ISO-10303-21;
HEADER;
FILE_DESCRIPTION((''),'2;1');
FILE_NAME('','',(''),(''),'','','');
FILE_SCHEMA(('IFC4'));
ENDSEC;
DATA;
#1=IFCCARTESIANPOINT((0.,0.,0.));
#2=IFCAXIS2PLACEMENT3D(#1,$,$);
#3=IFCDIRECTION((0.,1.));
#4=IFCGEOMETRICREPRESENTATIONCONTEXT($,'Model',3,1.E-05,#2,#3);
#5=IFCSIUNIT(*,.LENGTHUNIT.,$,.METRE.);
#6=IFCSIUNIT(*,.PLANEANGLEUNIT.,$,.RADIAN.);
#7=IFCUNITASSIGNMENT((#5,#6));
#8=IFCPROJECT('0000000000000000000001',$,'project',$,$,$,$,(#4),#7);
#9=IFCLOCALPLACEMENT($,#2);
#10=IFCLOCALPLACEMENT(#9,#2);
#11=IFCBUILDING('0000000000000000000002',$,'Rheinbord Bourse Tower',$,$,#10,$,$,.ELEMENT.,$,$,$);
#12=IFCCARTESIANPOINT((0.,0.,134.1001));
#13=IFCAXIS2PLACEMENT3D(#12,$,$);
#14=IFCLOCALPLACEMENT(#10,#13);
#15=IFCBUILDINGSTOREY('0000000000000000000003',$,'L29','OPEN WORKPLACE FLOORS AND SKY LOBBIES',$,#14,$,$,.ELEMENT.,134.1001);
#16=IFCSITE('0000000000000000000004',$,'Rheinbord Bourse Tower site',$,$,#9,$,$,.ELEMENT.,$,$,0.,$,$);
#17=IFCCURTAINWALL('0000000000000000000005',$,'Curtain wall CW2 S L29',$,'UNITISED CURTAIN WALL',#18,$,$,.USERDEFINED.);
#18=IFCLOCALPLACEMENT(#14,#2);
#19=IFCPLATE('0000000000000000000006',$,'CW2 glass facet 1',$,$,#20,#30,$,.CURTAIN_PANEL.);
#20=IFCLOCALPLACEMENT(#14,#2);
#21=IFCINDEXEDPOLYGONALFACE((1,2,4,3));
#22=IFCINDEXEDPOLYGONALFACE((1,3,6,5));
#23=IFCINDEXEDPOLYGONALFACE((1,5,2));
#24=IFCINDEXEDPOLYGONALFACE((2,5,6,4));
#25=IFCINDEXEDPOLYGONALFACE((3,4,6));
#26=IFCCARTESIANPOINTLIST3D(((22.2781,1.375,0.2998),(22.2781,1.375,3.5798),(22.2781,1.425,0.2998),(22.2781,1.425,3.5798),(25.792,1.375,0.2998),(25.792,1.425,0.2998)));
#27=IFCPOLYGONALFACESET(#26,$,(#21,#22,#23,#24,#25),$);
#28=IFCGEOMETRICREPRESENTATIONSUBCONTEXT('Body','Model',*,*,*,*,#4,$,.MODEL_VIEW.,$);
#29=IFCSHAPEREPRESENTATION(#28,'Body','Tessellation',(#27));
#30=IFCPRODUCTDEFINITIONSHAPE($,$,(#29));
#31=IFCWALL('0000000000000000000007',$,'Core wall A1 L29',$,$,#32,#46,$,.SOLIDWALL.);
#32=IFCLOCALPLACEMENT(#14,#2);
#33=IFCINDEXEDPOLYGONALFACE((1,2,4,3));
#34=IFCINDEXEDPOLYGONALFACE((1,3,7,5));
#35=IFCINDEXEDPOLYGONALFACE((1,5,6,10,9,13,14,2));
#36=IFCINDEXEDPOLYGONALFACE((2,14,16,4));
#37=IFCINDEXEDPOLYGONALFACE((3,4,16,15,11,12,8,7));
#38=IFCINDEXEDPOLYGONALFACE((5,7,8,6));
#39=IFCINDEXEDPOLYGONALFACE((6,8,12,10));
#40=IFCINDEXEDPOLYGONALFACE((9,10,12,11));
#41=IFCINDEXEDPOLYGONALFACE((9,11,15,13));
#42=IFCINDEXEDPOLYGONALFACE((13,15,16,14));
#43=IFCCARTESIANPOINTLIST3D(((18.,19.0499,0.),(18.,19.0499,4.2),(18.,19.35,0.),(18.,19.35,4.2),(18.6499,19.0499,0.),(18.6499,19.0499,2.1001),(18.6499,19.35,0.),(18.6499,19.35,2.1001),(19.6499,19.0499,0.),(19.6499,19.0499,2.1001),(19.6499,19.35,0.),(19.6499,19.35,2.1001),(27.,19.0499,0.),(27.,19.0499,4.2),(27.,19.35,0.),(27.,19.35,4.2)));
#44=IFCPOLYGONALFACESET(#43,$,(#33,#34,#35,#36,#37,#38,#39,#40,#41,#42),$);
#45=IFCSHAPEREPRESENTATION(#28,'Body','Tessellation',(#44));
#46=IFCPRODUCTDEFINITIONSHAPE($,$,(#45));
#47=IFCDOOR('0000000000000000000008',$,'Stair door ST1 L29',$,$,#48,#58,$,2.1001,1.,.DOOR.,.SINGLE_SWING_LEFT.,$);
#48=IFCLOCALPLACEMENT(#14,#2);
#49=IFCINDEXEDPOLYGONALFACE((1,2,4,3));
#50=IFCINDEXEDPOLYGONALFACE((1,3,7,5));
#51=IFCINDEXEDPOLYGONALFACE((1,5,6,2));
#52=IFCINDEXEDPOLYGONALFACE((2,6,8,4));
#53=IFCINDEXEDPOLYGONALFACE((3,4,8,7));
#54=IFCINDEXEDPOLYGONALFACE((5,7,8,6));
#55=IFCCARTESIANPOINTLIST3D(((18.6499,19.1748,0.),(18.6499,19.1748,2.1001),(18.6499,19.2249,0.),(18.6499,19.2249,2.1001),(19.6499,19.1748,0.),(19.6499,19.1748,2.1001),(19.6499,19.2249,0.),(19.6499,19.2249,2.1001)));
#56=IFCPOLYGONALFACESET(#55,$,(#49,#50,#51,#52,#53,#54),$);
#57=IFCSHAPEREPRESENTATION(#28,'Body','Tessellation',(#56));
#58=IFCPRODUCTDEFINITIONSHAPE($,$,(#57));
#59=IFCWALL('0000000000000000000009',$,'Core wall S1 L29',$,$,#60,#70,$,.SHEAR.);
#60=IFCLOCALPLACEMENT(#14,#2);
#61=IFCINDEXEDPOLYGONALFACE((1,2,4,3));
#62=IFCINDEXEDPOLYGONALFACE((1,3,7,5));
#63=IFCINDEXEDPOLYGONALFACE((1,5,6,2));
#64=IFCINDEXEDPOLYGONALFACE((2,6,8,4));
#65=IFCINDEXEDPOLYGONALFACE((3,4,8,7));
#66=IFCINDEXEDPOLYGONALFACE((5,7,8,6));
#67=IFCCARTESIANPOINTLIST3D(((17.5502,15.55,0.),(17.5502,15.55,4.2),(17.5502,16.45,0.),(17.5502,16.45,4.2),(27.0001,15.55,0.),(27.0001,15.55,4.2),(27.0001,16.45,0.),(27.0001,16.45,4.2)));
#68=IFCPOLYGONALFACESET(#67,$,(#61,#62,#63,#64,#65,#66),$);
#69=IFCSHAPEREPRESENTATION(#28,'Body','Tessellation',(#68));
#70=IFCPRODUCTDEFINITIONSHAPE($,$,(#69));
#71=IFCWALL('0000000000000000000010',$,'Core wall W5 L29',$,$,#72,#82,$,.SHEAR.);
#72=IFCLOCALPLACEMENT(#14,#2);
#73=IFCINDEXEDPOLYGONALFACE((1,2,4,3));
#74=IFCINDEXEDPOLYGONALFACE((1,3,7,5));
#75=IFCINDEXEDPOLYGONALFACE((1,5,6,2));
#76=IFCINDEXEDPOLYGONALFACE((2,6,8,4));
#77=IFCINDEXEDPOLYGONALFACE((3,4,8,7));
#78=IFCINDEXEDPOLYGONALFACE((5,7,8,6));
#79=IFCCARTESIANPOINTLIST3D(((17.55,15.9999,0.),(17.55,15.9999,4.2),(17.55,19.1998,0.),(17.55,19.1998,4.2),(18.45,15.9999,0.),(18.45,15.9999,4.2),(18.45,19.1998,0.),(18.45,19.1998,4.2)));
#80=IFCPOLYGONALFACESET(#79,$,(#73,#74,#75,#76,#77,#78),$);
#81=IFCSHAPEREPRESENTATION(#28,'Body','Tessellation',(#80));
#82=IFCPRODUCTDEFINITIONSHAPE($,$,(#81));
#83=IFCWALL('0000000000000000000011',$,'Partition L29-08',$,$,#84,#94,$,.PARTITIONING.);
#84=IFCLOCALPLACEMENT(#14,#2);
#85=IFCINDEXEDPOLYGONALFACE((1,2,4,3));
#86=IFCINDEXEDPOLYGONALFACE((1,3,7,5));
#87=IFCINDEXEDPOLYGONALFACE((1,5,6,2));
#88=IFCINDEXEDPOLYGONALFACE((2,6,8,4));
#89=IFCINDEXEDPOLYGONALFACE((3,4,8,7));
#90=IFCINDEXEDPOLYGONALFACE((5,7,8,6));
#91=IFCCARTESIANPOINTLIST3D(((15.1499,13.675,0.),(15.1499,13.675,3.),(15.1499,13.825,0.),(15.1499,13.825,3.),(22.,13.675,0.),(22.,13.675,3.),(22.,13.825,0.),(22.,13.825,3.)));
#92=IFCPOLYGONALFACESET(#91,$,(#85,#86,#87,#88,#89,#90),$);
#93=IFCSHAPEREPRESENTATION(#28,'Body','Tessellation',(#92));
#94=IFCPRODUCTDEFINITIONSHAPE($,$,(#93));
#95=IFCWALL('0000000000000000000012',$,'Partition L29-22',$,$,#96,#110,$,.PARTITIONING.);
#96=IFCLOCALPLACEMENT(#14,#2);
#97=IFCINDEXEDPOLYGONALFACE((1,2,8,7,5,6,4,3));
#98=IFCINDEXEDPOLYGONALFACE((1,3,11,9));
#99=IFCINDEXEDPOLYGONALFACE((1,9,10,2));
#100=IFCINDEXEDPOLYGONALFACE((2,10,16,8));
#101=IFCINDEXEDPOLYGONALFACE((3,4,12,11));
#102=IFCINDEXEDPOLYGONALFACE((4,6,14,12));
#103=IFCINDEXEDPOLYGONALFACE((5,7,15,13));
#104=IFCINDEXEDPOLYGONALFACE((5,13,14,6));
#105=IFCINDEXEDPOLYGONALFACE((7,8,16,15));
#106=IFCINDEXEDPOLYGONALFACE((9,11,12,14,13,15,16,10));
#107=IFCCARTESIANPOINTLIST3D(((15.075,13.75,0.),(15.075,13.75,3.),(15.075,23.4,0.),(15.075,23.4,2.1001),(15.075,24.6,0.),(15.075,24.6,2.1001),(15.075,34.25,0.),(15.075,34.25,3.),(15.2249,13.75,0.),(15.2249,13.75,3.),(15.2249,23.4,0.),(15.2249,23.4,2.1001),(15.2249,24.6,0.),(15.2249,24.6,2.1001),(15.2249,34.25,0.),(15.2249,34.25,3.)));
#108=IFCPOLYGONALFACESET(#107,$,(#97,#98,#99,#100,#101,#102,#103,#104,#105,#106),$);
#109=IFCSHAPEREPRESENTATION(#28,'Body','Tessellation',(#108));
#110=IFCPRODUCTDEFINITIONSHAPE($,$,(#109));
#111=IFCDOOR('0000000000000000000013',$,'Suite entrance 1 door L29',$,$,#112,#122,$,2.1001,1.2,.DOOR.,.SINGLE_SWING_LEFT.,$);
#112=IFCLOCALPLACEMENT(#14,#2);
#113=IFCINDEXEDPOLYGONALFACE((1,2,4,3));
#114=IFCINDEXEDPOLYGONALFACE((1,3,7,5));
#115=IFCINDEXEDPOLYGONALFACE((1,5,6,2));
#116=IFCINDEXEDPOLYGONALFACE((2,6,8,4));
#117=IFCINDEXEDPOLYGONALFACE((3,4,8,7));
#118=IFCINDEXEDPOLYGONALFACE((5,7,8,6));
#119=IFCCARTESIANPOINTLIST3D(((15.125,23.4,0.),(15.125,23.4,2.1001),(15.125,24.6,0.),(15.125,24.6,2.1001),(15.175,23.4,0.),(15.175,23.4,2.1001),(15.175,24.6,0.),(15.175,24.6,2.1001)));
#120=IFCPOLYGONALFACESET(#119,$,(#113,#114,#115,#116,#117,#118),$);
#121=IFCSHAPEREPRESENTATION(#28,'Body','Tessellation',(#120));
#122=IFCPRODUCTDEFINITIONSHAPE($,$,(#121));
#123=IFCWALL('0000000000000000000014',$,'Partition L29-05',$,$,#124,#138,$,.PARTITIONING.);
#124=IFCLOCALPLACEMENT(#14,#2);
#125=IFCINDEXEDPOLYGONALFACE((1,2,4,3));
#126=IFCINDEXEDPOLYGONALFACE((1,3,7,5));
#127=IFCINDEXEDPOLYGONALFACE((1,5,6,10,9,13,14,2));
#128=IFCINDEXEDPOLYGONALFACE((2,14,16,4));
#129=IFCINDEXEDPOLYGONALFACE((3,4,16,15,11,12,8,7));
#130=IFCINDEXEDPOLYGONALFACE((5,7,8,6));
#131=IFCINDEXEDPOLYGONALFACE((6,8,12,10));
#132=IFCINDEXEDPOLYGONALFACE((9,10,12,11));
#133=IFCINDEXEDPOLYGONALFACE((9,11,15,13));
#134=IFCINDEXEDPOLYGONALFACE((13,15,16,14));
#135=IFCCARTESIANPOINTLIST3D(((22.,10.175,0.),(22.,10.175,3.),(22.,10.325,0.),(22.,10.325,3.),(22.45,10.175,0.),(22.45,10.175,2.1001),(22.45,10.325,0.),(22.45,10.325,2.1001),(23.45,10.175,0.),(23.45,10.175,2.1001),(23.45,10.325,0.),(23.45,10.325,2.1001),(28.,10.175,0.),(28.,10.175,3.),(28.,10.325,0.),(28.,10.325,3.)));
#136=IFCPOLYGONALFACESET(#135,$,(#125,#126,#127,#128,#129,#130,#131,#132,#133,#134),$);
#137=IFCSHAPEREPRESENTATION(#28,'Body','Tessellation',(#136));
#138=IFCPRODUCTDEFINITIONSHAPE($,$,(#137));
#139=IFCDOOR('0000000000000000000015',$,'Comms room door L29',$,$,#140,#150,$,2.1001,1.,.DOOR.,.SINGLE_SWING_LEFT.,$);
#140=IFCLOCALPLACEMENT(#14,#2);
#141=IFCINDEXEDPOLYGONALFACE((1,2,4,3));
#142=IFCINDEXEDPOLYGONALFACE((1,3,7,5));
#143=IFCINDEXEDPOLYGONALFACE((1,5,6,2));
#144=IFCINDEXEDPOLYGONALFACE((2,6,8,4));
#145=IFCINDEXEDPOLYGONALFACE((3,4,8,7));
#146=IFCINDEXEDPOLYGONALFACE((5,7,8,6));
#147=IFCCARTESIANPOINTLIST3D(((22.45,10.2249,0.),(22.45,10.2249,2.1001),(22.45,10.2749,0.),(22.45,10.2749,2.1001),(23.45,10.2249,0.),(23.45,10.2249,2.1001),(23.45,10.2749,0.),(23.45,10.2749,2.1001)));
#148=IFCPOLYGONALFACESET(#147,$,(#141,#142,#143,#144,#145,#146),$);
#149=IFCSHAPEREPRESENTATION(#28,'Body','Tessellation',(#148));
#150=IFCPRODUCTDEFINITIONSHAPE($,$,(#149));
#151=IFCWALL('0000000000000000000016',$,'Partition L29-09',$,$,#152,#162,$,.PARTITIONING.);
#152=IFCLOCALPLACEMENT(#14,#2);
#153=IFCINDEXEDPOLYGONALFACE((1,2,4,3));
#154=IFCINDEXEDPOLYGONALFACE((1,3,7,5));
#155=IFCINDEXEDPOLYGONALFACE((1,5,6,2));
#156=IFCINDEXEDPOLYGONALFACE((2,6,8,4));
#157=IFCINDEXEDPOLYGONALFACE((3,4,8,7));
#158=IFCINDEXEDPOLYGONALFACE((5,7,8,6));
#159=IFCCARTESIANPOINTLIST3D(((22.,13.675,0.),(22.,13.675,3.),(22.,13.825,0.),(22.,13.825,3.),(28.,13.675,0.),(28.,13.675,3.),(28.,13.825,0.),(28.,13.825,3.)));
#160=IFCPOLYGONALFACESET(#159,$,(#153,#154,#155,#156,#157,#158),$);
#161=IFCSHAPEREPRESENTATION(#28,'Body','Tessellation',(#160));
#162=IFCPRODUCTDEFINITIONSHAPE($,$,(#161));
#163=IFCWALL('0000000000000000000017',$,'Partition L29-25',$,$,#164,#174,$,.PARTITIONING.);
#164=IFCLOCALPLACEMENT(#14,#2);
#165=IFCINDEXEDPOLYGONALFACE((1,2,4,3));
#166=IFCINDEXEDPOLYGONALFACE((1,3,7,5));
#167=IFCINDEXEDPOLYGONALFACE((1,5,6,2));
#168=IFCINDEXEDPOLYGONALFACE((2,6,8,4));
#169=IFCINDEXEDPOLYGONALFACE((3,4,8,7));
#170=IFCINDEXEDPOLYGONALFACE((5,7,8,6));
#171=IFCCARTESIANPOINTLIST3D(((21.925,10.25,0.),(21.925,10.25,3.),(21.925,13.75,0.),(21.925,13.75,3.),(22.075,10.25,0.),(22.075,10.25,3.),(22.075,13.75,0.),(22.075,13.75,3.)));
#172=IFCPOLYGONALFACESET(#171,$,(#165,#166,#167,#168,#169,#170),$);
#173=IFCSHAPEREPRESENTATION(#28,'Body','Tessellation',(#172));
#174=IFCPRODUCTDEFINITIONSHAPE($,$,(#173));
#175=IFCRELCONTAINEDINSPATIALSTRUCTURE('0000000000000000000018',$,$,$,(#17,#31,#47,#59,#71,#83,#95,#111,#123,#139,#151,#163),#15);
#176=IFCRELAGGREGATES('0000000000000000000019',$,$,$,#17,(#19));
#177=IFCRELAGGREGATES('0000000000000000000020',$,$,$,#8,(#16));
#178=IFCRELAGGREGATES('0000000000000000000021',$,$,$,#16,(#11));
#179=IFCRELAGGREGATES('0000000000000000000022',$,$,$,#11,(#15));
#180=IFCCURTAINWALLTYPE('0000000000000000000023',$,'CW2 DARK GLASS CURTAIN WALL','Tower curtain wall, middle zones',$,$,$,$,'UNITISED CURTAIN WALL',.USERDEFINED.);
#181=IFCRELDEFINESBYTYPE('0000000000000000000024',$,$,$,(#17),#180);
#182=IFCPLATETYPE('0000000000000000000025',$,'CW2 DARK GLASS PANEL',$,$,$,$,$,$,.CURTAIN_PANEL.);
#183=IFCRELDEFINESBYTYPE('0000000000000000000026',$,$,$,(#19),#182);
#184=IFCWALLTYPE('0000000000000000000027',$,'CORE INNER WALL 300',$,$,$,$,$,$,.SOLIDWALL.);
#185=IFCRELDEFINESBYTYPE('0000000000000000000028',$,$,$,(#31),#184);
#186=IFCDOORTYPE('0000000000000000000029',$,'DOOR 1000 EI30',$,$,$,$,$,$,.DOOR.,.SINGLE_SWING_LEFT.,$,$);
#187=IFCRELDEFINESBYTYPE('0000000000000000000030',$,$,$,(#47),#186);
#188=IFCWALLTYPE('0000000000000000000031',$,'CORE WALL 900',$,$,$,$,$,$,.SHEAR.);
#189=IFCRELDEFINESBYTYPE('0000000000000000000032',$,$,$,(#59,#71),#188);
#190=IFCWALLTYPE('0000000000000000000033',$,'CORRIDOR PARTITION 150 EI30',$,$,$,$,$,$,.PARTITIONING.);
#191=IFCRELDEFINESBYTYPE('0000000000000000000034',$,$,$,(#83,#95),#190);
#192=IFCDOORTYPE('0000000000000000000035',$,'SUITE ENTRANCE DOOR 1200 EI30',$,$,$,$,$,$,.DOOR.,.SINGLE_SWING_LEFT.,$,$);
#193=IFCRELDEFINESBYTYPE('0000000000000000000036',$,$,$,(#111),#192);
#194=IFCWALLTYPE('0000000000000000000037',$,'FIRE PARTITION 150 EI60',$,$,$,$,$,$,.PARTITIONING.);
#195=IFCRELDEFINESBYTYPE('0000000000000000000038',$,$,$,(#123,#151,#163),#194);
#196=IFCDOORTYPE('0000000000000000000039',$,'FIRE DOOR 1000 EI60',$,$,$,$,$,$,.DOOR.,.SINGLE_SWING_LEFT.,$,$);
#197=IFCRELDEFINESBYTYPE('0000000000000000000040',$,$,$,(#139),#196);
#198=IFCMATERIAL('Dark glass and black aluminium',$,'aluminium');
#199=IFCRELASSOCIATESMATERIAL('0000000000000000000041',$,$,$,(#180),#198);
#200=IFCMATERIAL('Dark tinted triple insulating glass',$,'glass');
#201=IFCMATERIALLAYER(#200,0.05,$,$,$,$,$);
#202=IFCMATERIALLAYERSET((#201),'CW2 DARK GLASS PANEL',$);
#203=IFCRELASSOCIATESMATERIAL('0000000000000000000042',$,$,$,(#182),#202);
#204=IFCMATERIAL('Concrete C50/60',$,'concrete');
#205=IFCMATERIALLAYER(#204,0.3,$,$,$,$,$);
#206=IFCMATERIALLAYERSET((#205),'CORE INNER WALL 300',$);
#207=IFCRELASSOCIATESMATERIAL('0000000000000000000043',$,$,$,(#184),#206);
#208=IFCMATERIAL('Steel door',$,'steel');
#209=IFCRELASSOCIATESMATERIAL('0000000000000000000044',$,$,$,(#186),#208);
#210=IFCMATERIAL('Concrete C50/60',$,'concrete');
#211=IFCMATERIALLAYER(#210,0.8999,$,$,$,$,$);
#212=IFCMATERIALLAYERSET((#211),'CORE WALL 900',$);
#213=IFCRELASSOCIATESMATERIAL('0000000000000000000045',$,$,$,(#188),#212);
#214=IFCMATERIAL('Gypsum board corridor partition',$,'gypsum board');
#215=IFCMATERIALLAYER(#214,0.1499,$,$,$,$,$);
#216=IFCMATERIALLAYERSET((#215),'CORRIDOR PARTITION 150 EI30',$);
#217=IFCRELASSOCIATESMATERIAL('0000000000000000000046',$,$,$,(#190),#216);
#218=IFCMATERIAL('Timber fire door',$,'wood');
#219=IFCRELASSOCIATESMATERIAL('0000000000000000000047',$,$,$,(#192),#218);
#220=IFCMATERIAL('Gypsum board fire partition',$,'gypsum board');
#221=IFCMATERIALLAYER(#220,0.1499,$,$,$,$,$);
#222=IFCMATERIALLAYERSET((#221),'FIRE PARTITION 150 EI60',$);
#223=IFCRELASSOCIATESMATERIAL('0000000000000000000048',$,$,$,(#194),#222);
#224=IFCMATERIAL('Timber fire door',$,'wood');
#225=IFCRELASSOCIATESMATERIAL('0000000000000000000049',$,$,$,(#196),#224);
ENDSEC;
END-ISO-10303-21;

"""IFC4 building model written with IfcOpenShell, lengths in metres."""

from ifc_helpers import new_model, si_unit, direction, frame, frame_2d, origin, place, context, subcontext, project, spatial, polyline, rectangle, outline, extrude, material, layer, layer_set, type_object, element, fill, aggregate, save


model = new_model("IFC4")

# Units and contexts
model_context = context("Model", 3, precision=1e-05, world=origin(), true_north=direction((0.0, 1.0)))
body_context = subcontext(model_context, "Body", "Model", "MODEL_VIEW")
ifc_project = project(units=[si_unit("LENGTHUNIT", "METRE"), si_unit("PLANEANGLEUNIT", "RADIAN")], contexts=[model_context])

# Site, building, storey
site_placement = place(None, origin())
site = spatial("IfcSite", under=ifc_project, at=site_placement, Name="Rheinbord Bourse Tower site", CompositionType="ELEMENT", RefElevation=0.0)
building_placement = place(site_placement, origin())
building = spatial("IfcBuilding", under=site, at=building_placement, Name="Rheinbord Bourse Tower", CompositionType="ELEMENT")
storey_placement = place(building_placement, frame((0.0, 0.0, 134.1001)))
storey = spatial("IfcBuildingStorey", under=building, at=storey_placement, Name="L29", Description="OPEN WORKPLACE FLOORS AND SKY LOBBIES", CompositionType="ELEMENT", Elevation=134.1001)

# Curtain wall
ifc_material_1 = material(Name="Dark glass and black aluminium", Category="aluminium")
curtain_wall_type = type_object("IfcCurtainWallType", Name="CW2 DARK GLASS CURTAIN WALL", Description="Tower curtain wall, middle zones", ElementType="UNITISED CURTAIN WALL", PredefinedType="USERDEFINED", material=ifc_material_1)
curtain_wall_placement = place(storey_placement, origin())
curtain_wall = element("IfcCurtainWall", 1, at=curtain_wall_placement, inside=storey, type_object=curtain_wall_type, Name="Curtain wall CW2 S L29", ObjectType="UNITISED CURTAIN WALL", PredefinedType="USERDEFINED")

# Plate
ifc_material_2 = material(Name="Dark tinted triple insulating glass", Category="glass")
ifc_layer_1 = layer(ifc_material_2, 0.05)
ifc_layer_set_1 = layer_set([ifc_layer_1], Name="CW2 DARK GLASS PANEL")
plate_type = type_object("IfcPlateType", Name="CW2 DARK GLASS PANEL", PredefinedType="CURTAIN_PANEL", material=ifc_layer_set_1)
plate_1_placement = place(storey_placement, frame((22.2781, 1.375, 0.2998), z_axis=(0.0, 1.0, 0.0), x_axis=(0.0, 0.0, 1.0)))
plate_1 = element("IfcPlate", 2, at=plate_1_placement, type_object=plate_type, Name="CW2 glass facet 1", PredefinedType="CURTAIN_PANEL", context=body_context, shape_type="SweptSolid", body=[
    extrude(outline(polyline([(0.0, 0.0), (3.28, 0.0), (0.0, 3.5139), (0.0, 0.0)])), origin(), (0.0, 0.0, 1.0), 0.05),
])
aggregate(curtain_wall, [plate_1])

# Wall, opening, door
ifc_material_3 = material(Name="Concrete C50/60", Category="concrete")
ifc_layer_2 = layer(ifc_material_3, 0.3)
ifc_layer_set_2 = layer_set([ifc_layer_2], Name="CORE INNER WALL 300")
wall_type_1 = type_object("IfcWallType", Name="CORE INNER WALL 300", PredefinedType="SOLIDWALL", material=ifc_layer_set_2)
wall_1_placement = place(storey_placement, frame((18.0, 19.2, 0.0), z_axis=(0.0, 0.0, 1.0), x_axis=(1.0, 0.0, 0.0)))
wall_1 = element("IfcWall", 3, at=wall_1_placement, inside=storey, type_object=wall_type_1, Name="Core wall A1 L29", PredefinedType="SOLIDWALL", context=body_context, shape_type="SweptSolid", body=[
    extrude(rectangle(XDim=9.0, YDim=0.3, at=frame_2d((4.5, 0.0))), origin(), (0.0, 0.0, 1.0), 4.2),
])
opening_1_placement = place(wall_1_placement, frame((0.6499, 0.0, 0.0)))
opening_1 = element("IfcOpeningElement", 4, at=opening_1_placement, cuts=wall_1, PredefinedType="OPENING", context=body_context, shape_type="SweptSolid", body=[
    extrude(rectangle(XDim=1.0, YDim=2.1001, at=frame_2d((0.5, 1.05))), frame((0.0, 0.1599, 0.0), z_axis=(0.0, -1.0, 0.0), x_axis=(1.0, 0.0, 0.0)), (0.0, 0.0, 1.0), 0.3201),
])
ifc_material_4 = material(Name="Steel door", Category="steel")
door_type_1 = type_object("IfcDoorType", Name="DOOR 1000 EI30", OperationType="SINGLE_SWING_LEFT", PredefinedType="DOOR", material=ifc_material_4)
door_1_placement = place(opening_1_placement, origin())
door_1 = element("IfcDoor", 5, at=door_1_placement, inside=storey, type_object=door_type_1, Name="Stair door ST1 L29", OperationType="SINGLE_SWING_LEFT", OverallHeight=2.1001, OverallWidth=1.0, PredefinedType="DOOR", context=body_context, shape_type="SweptSolid", body=[
    extrude(rectangle(XDim=1.0, YDim=2.1001, at=frame_2d((0.5, 1.05))), frame((0.0, 0.0249, 0.0), z_axis=(0.0, -1.0, 0.0), x_axis=(1.0, 0.0, 0.0)), (0.0, 0.0, 1.0), 0.05),
])
fill(opening_1, door_1)

# Walls
ifc_material_5 = material(Name="Concrete C50/60", Category="concrete")
ifc_layer_3 = layer(ifc_material_5, 0.8999)
ifc_layer_set_3 = layer_set([ifc_layer_3], Name="CORE WALL 900")
wall_type_2 = type_object("IfcWallType", Name="CORE WALL 900", PredefinedType="SHEAR", material=ifc_layer_set_3)
wall_2_placement = place(storey_placement, frame((17.55, 16.0, 0.0), z_axis=(0.0, 0.0, 1.0), x_axis=(1.0, 0.0, 0.0)))
element("IfcWall", 6, at=wall_2_placement, inside=storey, type_object=wall_type_2, Name="Core wall S1 L29", PredefinedType="SHEAR", context=body_context, shape_type="SweptSolid", body=[
    extrude(rectangle(XDim=9.45, YDim=0.8999, at=frame_2d((4.7251, 0.0))), origin(), (0.0, 0.0, 1.0), 4.2),
])
wall_3_placement = place(storey_placement, frame((18.0, 19.2, 0.0), z_axis=(0.0, 0.0, 1.0), x_axis=(0.0, -1.0, 0.0)))
element("IfcWall", 7, at=wall_3_placement, inside=storey, type_object=wall_type_2, Name="Core wall W5 L29", PredefinedType="SHEAR", context=body_context, shape_type="SweptSolid", body=[
    extrude(rectangle(XDim=3.2, YDim=0.8999, at=frame_2d((1.6001, 0.0))), origin(), (0.0, 0.0, 1.0), 4.2),
])
ifc_material_6 = material(Name="Gypsum board corridor partition", Category="gypsum board")
ifc_layer_4 = layer(ifc_material_6, 0.1499)
ifc_layer_set_4 = layer_set([ifc_layer_4], Name="CORRIDOR PARTITION 150 EI30")
wall_type_3 = type_object("IfcWallType", Name="CORRIDOR PARTITION 150 EI30", PredefinedType="PARTITIONING", material=ifc_layer_set_4)
wall_4_placement = place(storey_placement, frame((15.1499, 13.75, 0.0), z_axis=(0.0, 0.0, 1.0), x_axis=(1.0, 0.0, 0.0)))
element("IfcWall", 8, at=wall_4_placement, inside=storey, type_object=wall_type_3, Name="Partition L29-08", PredefinedType="PARTITIONING", context=body_context, shape_type="SweptSolid", body=[
    extrude(rectangle(XDim=6.8501, YDim=0.1499, at=frame_2d((3.425, 0.0))), origin(), (0.0, 0.0, 1.0), 3.0),
])

# Walls, openings, doors
wall_5_placement = place(storey_placement, frame((15.1499, 13.75, 0.0), z_axis=(0.0, 0.0, 1.0), x_axis=(0.0, 1.0, 0.0)))
wall_5 = element("IfcWall", 9, at=wall_5_placement, inside=storey, type_object=wall_type_3, Name="Partition L29-22", PredefinedType="PARTITIONING", context=body_context, shape_type="SweptSolid", body=[
    extrude(rectangle(XDim=20.5, YDim=0.1499, at=frame_2d((10.25, 0.0))), origin(), (0.0, 0.0, 1.0), 3.0),
])
opening_2_placement = place(wall_5_placement, frame((9.6499, 0.0, 0.0)))
opening_2 = element("IfcOpeningElement", 10, at=opening_2_placement, cuts=wall_5, PredefinedType="OPENING", context=body_context, shape_type="SweptSolid", body=[
    extrude(rectangle(XDim=1.2, YDim=2.1001, at=frame_2d((0.6001, 1.05))), frame((0.0, 0.085, 0.0), z_axis=(0.0, -1.0, 0.0), x_axis=(1.0, 0.0, 0.0)), (0.0, 0.0, 1.0), 0.1699),
])
ifc_material_7 = material(Name="Timber fire door", Category="wood")
door_type_2 = type_object("IfcDoorType", Name="SUITE ENTRANCE DOOR 1200 EI30", OperationType="SINGLE_SWING_LEFT", PredefinedType="DOOR", material=ifc_material_7)
door_2_placement = place(opening_2_placement, origin())
door_2 = element("IfcDoor", 11, at=door_2_placement, inside=storey, type_object=door_type_2, Name="Suite entrance 1 door L29", OperationType="SINGLE_SWING_LEFT", OverallHeight=2.1001, OverallWidth=1.2, PredefinedType="DOOR", context=body_context, shape_type="SweptSolid", body=[
    extrude(rectangle(XDim=1.2, YDim=2.1001, at=frame_2d((0.6001, 1.05))), frame((0.0, 0.0249, 0.0), z_axis=(0.0, -1.0, 0.0), x_axis=(1.0, 0.0, 0.0)), (0.0, 0.0, 1.0), 0.05),
])
fill(opening_2, door_2)
ifc_material_8 = material(Name="Gypsum board fire partition", Category="gypsum board")
ifc_layer_5 = layer(ifc_material_8, 0.1499)
ifc_layer_set_5 = layer_set([ifc_layer_5], Name="FIRE PARTITION 150 EI60")
wall_type_4 = type_object("IfcWallType", Name="FIRE PARTITION 150 EI60", PredefinedType="PARTITIONING", material=ifc_layer_set_5)
wall_6_placement = place(storey_placement, frame((22.0, 10.25, 0.0), z_axis=(0.0, 0.0, 1.0), x_axis=(1.0, 0.0, 0.0)))
wall_6 = element("IfcWall", 12, at=wall_6_placement, inside=storey, type_object=wall_type_4, Name="Partition L29-05", PredefinedType="PARTITIONING", context=body_context, shape_type="SweptSolid", body=[
    extrude(rectangle(XDim=6.0, YDim=0.1499, at=frame_2d((3.0, 0.0))), origin(), (0.0, 0.0, 1.0), 3.0),
])
opening_3_placement = place(wall_6_placement, frame((0.45, 0.0, 0.0)))
opening_3 = element("IfcOpeningElement", 13, at=opening_3_placement, cuts=wall_6, PredefinedType="OPENING", context=body_context, shape_type="SweptSolid", body=[
    extrude(rectangle(XDim=1.0, YDim=2.1001, at=frame_2d((0.5, 1.05))), frame((0.0, 0.085, 0.0), z_axis=(0.0, -1.0, 0.0), x_axis=(1.0, 0.0, 0.0)), (0.0, 0.0, 1.0), 0.1699),
])
ifc_material_9 = material(Name="Timber fire door", Category="wood")
door_type_3 = type_object("IfcDoorType", Name="FIRE DOOR 1000 EI60", OperationType="SINGLE_SWING_LEFT", PredefinedType="DOOR", material=ifc_material_9)
door_3_placement = place(opening_3_placement, origin())
door_3 = element("IfcDoor", 14, at=door_3_placement, inside=storey, type_object=door_type_3, Name="Comms room door L29", OperationType="SINGLE_SWING_LEFT", OverallHeight=2.1001, OverallWidth=1.0, PredefinedType="DOOR", context=body_context, shape_type="SweptSolid", body=[
    extrude(rectangle(XDim=1.0, YDim=2.1001, at=frame_2d((0.5, 1.05))), frame((0.0, 0.0249, 0.0), z_axis=(0.0, -1.0, 0.0), x_axis=(1.0, 0.0, 0.0)), (0.0, 0.0, 1.0), 0.05),
])
fill(opening_3, door_3)

# Walls
wall_7_placement = place(storey_placement, frame((22.0, 13.75, 0.0), z_axis=(0.0, 0.0, 1.0), x_axis=(1.0, 0.0, 0.0)))
element("IfcWall", 15, at=wall_7_placement, inside=storey, type_object=wall_type_4, Name="Partition L29-09", PredefinedType="PARTITIONING", context=body_context, shape_type="SweptSolid", body=[
    extrude(rectangle(XDim=6.0, YDim=0.1499, at=frame_2d((3.0, 0.0))), origin(), (0.0, 0.0, 1.0), 3.0),
])
wall_8_placement = place(storey_placement, frame((22.0, 10.25, 0.0), z_axis=(0.0, 0.0, 1.0), x_axis=(0.0, 1.0, 0.0)))
element("IfcWall", 16, at=wall_8_placement, inside=storey, type_object=wall_type_4, Name="Partition L29-25", PredefinedType="PARTITIONING", context=body_context, shape_type="SweptSolid", body=[
    extrude(rectangle(XDim=3.5, YDim=0.1499, at=frame_2d((1.75, 0.0))), origin(), (0.0, 0.0, 1.0), 3.0),
])

save(model, "model.ifc")
